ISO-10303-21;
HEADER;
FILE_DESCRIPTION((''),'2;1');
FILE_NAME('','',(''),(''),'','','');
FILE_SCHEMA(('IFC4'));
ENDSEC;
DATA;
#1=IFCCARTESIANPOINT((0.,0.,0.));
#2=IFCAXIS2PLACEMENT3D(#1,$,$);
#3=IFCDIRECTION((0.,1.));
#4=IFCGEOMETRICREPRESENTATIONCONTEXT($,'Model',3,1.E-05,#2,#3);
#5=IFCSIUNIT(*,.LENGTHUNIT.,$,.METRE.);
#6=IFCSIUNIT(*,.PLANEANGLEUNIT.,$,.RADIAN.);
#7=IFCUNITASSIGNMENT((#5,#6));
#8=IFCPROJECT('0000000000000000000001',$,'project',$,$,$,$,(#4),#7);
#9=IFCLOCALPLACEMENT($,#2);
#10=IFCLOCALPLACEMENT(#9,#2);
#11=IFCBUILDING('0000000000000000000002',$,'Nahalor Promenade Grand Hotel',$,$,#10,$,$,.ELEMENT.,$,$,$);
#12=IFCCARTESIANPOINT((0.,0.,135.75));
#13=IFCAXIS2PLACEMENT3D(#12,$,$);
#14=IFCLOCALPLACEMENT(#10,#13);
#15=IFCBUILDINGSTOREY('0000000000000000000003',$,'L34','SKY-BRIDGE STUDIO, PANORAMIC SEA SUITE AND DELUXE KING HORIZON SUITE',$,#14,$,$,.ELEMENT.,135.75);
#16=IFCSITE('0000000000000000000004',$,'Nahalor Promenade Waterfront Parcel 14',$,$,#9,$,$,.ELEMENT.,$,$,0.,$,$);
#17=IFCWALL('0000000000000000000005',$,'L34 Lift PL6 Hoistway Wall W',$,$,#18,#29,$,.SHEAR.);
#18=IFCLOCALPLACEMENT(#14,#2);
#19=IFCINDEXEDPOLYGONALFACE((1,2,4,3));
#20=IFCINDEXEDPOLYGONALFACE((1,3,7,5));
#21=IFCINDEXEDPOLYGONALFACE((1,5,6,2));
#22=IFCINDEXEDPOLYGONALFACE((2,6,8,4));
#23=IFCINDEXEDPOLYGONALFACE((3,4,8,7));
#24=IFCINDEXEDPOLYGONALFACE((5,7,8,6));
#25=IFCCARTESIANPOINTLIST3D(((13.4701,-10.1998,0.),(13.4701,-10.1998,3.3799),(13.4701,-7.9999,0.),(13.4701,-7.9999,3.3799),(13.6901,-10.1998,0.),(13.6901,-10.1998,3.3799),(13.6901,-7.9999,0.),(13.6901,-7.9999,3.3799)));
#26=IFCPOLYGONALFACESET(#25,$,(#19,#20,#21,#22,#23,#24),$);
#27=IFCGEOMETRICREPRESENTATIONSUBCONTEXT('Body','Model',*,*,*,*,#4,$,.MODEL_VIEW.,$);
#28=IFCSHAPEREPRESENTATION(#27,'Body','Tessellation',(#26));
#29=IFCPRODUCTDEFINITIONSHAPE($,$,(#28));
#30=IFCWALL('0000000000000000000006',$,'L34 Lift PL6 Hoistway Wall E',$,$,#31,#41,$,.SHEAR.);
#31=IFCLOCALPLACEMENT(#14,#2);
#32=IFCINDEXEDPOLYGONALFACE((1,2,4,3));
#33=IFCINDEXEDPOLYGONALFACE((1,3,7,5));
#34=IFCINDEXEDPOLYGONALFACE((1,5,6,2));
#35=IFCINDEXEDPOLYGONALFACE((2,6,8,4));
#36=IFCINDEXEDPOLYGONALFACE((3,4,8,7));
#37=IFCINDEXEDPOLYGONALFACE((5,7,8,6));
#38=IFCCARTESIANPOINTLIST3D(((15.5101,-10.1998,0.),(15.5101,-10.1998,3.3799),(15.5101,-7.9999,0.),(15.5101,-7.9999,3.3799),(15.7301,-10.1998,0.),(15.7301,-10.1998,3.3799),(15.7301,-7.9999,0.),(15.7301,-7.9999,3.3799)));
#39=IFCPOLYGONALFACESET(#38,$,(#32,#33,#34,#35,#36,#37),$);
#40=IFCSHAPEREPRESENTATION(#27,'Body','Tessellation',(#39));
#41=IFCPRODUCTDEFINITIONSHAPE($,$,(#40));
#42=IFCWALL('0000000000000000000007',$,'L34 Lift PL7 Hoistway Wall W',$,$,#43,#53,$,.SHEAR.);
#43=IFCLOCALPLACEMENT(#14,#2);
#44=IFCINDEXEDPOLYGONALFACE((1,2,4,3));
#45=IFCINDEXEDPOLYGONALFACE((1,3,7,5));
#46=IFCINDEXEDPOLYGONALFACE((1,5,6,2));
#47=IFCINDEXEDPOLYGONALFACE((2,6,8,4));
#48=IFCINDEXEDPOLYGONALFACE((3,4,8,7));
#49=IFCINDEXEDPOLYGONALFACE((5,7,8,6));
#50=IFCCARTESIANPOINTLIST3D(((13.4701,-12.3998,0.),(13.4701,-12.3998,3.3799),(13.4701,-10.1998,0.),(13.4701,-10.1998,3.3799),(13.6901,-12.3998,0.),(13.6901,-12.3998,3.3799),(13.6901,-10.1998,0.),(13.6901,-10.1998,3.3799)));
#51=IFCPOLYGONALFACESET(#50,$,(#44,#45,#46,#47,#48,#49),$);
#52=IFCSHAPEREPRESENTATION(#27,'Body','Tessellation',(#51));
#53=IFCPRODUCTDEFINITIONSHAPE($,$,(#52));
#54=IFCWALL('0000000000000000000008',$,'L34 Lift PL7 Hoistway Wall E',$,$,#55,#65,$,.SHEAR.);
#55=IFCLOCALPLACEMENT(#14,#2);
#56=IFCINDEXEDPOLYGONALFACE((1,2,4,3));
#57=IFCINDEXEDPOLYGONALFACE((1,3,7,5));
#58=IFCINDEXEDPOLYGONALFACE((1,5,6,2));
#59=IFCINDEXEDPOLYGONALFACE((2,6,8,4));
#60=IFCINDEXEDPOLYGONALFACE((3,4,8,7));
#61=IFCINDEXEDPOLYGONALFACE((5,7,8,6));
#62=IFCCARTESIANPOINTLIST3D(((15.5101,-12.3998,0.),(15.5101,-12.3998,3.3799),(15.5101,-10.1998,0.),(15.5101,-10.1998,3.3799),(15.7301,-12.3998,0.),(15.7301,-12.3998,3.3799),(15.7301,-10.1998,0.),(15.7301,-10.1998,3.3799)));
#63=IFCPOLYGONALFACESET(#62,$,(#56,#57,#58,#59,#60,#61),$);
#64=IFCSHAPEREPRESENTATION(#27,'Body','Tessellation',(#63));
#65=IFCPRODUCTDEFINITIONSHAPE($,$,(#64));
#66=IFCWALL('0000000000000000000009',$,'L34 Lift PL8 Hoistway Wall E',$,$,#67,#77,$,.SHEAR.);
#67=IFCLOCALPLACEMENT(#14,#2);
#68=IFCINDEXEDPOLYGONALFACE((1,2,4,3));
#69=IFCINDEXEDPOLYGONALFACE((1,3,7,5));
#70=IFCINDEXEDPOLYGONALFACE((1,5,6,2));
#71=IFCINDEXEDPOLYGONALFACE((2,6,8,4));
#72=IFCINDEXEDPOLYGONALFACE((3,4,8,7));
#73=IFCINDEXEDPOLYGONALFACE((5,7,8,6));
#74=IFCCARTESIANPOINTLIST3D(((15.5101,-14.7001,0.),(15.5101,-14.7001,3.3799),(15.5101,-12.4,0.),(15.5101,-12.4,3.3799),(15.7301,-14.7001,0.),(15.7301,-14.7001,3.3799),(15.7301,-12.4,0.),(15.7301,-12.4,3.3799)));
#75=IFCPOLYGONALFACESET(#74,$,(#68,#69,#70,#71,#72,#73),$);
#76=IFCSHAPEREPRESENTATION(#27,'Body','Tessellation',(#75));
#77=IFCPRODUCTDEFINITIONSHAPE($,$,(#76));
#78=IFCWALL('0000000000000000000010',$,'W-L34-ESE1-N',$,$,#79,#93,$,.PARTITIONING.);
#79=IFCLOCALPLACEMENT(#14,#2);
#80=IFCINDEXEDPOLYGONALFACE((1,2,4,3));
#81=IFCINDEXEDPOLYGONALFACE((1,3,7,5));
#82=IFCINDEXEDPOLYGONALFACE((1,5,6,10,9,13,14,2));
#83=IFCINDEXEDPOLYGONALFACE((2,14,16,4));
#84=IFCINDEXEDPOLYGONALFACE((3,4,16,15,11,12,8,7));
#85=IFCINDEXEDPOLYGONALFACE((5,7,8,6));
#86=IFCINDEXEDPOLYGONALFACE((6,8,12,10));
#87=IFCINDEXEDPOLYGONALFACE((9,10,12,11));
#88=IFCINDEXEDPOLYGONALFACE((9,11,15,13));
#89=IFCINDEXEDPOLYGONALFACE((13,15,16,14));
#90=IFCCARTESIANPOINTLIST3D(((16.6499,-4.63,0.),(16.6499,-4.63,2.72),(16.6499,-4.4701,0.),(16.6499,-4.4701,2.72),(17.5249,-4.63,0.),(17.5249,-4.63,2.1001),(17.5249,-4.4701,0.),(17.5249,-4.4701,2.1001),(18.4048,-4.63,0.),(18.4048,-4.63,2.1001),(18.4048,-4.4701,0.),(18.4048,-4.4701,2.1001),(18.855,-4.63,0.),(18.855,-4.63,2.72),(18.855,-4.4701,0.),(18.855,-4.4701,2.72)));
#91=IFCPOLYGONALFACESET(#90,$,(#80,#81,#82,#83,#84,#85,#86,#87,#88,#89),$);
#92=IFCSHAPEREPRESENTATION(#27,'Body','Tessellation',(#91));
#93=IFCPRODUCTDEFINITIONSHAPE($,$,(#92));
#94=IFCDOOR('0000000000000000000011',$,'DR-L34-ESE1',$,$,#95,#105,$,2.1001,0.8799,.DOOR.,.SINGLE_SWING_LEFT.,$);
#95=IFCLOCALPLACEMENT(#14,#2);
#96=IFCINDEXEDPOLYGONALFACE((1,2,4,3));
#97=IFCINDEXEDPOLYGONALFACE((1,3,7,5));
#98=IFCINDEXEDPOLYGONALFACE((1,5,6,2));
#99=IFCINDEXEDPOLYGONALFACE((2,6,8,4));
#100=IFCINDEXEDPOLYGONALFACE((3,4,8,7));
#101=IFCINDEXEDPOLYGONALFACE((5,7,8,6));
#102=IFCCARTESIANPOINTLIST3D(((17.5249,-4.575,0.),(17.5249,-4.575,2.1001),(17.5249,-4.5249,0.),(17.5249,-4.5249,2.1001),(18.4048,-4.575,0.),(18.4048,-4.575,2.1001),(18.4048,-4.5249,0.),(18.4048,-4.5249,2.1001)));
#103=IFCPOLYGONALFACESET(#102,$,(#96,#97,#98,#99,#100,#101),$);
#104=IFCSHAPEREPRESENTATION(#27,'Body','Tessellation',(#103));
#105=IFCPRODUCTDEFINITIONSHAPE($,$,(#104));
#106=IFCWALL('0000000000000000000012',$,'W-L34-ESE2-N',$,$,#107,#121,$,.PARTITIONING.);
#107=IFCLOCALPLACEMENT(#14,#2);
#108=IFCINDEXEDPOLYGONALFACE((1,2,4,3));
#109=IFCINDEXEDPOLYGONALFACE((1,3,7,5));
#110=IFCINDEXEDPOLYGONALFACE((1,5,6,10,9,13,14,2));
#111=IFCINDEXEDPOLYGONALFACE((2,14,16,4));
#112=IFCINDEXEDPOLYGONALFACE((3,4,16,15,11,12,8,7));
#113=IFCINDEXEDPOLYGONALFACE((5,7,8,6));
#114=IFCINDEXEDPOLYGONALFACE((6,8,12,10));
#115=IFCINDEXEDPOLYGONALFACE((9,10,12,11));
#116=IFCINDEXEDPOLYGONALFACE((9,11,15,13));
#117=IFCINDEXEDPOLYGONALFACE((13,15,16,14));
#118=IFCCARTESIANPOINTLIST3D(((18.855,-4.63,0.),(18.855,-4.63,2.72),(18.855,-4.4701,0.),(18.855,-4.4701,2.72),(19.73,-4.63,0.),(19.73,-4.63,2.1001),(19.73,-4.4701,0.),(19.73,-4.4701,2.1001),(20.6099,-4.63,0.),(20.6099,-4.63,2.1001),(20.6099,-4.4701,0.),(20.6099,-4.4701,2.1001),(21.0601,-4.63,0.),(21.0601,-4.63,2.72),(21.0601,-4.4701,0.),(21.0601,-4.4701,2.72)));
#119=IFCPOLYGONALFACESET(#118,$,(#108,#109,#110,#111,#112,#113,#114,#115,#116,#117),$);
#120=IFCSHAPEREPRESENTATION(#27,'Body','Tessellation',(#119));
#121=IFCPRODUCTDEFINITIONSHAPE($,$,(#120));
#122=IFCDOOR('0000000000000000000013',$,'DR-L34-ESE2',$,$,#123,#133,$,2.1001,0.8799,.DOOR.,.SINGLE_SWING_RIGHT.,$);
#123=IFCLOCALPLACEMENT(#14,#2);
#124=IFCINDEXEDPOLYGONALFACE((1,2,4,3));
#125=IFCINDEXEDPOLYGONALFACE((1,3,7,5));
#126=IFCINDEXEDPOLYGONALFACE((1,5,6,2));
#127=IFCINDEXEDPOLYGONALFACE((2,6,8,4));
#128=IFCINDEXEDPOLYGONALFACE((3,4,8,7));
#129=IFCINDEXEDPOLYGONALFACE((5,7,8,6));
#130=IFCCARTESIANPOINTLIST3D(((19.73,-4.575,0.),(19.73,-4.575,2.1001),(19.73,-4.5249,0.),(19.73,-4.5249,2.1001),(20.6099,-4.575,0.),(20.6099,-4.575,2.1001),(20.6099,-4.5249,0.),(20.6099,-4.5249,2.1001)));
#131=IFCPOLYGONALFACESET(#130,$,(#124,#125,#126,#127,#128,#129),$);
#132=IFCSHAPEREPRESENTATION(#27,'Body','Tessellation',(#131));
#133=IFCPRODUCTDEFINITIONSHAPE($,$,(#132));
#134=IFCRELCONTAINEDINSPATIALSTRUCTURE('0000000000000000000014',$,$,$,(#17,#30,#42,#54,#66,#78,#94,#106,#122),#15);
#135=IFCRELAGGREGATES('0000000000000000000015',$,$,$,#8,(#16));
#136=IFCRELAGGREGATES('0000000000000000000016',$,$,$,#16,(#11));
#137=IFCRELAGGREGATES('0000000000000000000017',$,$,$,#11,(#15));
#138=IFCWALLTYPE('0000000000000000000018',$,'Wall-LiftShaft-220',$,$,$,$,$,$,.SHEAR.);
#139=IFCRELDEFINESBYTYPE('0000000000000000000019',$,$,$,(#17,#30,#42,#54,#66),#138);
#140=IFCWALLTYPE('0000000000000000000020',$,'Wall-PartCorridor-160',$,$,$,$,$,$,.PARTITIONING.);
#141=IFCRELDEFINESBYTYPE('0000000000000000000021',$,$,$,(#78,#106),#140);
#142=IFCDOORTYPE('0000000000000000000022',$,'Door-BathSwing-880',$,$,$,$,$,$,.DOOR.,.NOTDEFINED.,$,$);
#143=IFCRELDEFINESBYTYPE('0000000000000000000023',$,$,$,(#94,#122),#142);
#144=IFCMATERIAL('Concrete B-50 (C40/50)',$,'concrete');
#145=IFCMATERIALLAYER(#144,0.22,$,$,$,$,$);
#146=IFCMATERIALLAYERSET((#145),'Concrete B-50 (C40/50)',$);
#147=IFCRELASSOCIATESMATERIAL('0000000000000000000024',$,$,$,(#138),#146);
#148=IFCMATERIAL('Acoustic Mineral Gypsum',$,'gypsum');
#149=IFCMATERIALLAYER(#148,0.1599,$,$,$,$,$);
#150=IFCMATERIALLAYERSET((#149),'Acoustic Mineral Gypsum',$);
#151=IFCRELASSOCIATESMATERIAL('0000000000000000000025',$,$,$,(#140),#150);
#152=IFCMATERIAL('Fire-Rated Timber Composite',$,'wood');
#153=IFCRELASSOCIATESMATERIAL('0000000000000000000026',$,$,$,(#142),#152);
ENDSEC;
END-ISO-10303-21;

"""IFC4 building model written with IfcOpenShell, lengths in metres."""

from ifc_helpers import new_model, si_unit, direction, frame, frame_2d, origin, place, context, subcontext, project, spatial, rectangle, extrude, source, transform, mapped, material, layer, layer_set, type_object, element, fill, save


model = new_model("IFC4")

# Units and contexts
model_context = context("Model", 3, precision=1e-05, world=origin(), true_north=direction((0.0, 1.0)))
body_context = subcontext(model_context, "Body", "Model", "MODEL_VIEW")
ifc_project = project(units=[si_unit("LENGTHUNIT", "METRE"), si_unit("PLANEANGLEUNIT", "RADIAN")], contexts=[model_context])

# Site, building, storey
site_placement = place(None, origin())
site = spatial("IfcSite", under=ifc_project, at=site_placement, Name="Nahalor Promenade Waterfront Parcel 14", CompositionType="ELEMENT", RefElevation=0.0)
building_placement = place(site_placement, origin())
building = spatial("IfcBuilding", under=site, at=building_placement, Name="Nahalor Promenade Grand Hotel", CompositionType="ELEMENT")
storey_placement = place(building_placement, frame((0.0, 0.0, 135.75)))
storey = spatial("IfcBuildingStorey", under=building, at=storey_placement, Name="L34", Description="SKY-BRIDGE STUDIO, PANORAMIC SEA SUITE AND DELUXE KING HORIZON SUITE", CompositionType="ELEMENT", Elevation=135.75)

# Walls
ifc_material_1 = material(Name="Concrete B-50 (C40/50)", Category="concrete")
ifc_layer_1 = layer(ifc_material_1, 0.22)
ifc_layer_set_1 = layer_set([ifc_layer_1], Name="Concrete B-50 (C40/50)")
wall_type_1 = type_object("IfcWallType", Name="Wall-LiftShaft-220", PredefinedType="SHEAR", material=ifc_layer_set_1)
shared_shape_1 = source(origin(), body_context, "Body", "SweptSolid", [
    extrude(rectangle(XDim=2.2, YDim=0.22, at=frame_2d((1.1001, 0.0))), origin(), (0.0, 0.0, 1.0), 3.3799),
])
for number, where, z_axis, x_axis, name in (
    (1, (13.5801, -10.2, 0.0), (0.0, 0.0, 1.0), (0.0, 1.0, 0.0), "L34 Lift PL6 Hoistway Wall W"),
    (2, (15.6201, -10.2, 0.0), (0.0, 0.0, 1.0), (0.0, 1.0, 0.0), "L34 Lift PL6 Hoistway Wall E"),
    (3, (13.5801, -12.3999, 0.0), (0.0, 0.0, 1.0), (0.0, 1.0, 0.0), "L34 Lift PL7 Hoistway Wall W"),
    (4, (15.6201, -12.3999, 0.0), (0.0, 0.0, 1.0), (0.0, 1.0, 0.0), "L34 Lift PL7 Hoistway Wall E"),
):
    element("IfcWall", number, at=place(storey_placement, frame(where, z_axis=z_axis, x_axis=x_axis)), inside=storey, type_object=wall_type_1, Name=name, PredefinedType="SHEAR", context=body_context, shape_type="MappedRepresentation", body=[
        mapped(shared_shape_1, transform((0.0, 0.0, 0.0), scale=1.0)),
    ])
shared_shape_2 = source(origin(), body_context, "Body", "SweptSolid", [
    extrude(rectangle(XDim=2.3, YDim=0.22, at=frame_2d((1.1499, 0.0))), origin(), (0.0, 0.0, 1.0), 3.3799),
])
wall_1_placement = place(storey_placement, frame((15.6201, -14.7, 0.0), z_axis=(0.0, 0.0, 1.0), x_axis=(0.0, 1.0, 0.0)))
element("IfcWall", 5, at=wall_1_placement, inside=storey, type_object=wall_type_1, Name="L34 Lift PL8 Hoistway Wall E", PredefinedType="SHEAR", context=body_context, shape_type="MappedRepresentation", body=[
    mapped(shared_shape_2, transform((0.0, 0.0, 0.0), scale=1.0)),
])

# Walls, openings, doors
ifc_material_2 = material(Name="Acoustic Mineral Gypsum", Category="gypsum")
ifc_layer_2 = layer(ifc_material_2, 0.1599)
ifc_layer_set_2 = layer_set([ifc_layer_2], Name="Acoustic Mineral Gypsum")
wall_type_2 = type_object("IfcWallType", Name="Wall-PartCorridor-160", PredefinedType="PARTITIONING", material=ifc_layer_set_2)
shared_shape_3 = source(origin(), body_context, "Body", "SweptSolid", [
    extrude(rectangle(XDim=2.2051, YDim=0.1599, at=frame_2d((1.1025, 0.0))), origin(), (0.0, 0.0, 1.0), 2.72),
])
wall_2_placement = place(storey_placement, frame((16.6499, -4.55, 0.0), z_axis=(0.0, 0.0, 1.0), x_axis=(1.0, 0.0, 0.0)))
wall_2 = element("IfcWall", 6, at=wall_2_placement, inside=storey, type_object=wall_type_2, Name="W-L34-ESE1-N", PredefinedType="PARTITIONING", context=body_context, shape_type="MappedRepresentation", body=[
    mapped(shared_shape_3, transform((0.0, 0.0, 0.0), scale=1.0)),
])
opening_1_placement = place(wall_2_placement, frame((0.875, 0.0, 0.0)))
opening_1 = element("IfcOpeningElement", 7, at=opening_1_placement, cuts=wall_2, PredefinedType="OPENING", context=body_context, shape_type="SweptSolid", body=[
    extrude(rectangle(XDim=0.8799, YDim=2.1001, at=frame_2d((0.4399, 1.05))), frame((0.0, 0.0898, 0.0), z_axis=(0.0, -1.0, 0.0), x_axis=(1.0, 0.0, 0.0)), (0.0, 0.0, 1.0), 0.1799),
])
ifc_material_3 = material(Name="Fire-Rated Timber Composite", Category="wood")
door_type = type_object("IfcDoorType", Name="Door-BathSwing-880", OperationType="NOTDEFINED", PredefinedType="DOOR", material=ifc_material_3)
shared_shape_4 = source(origin(), body_context, "Body", "SweptSolid", [
    extrude(rectangle(XDim=0.8799, YDim=2.1001, at=frame_2d((0.4399, 1.05))), frame((0.0, 0.0249, 0.0), z_axis=(0.0, -1.0, 0.0), x_axis=(1.0, 0.0, 0.0)), (0.0, 0.0, 1.0), 0.05),
])
door_1_placement = place(opening_1_placement, frame((0.8799, 0.0, 0.0), z_axis=(0.0, 0.0, 1.0), x_axis=(-1.0, 0.0, 0.0)))
door_1 = element("IfcDoor", 8, at=door_1_placement, inside=storey, type_object=door_type, Name="DR-L34-ESE1", OperationType="SINGLE_SWING_LEFT", OverallHeight=2.1001, OverallWidth=0.8799, PredefinedType="DOOR", context=body_context, shape_type="MappedRepresentation", body=[
    mapped(shared_shape_4, transform((0.0, 0.0, 0.0), scale=1.0)),
])
fill(opening_1, door_1)
wall_3_placement = place(storey_placement, frame((18.855, -4.55, 0.0), z_axis=(0.0, 0.0, 1.0), x_axis=(1.0, 0.0, 0.0)))
wall_3 = element("IfcWall", 9, at=wall_3_placement, inside=storey, type_object=wall_type_2, Name="W-L34-ESE2-N", PredefinedType="PARTITIONING", context=body_context, shape_type="MappedRepresentation", body=[
    mapped(shared_shape_3, transform((0.0, 0.0, 0.0), scale=1.0)),
])
opening_2_placement = place(wall_3_placement, frame((0.875, 0.0, 0.0)))
opening_2 = element("IfcOpeningElement", 10, at=opening_2_placement, cuts=wall_3, PredefinedType="OPENING", context=body_context, shape_type="SweptSolid", body=[
    extrude(rectangle(XDim=0.8799, YDim=2.1001, at=frame_2d((0.4399, 1.05))), frame((0.0, 0.0898, 0.0), z_axis=(0.0, -1.0, 0.0), x_axis=(1.0, 0.0, 0.0)), (0.0, 0.0, 1.0), 0.1799),
])
door_2_placement = place(opening_2_placement, frame((0.8799, 0.0, 0.0), z_axis=(0.0, 0.0, 1.0), x_axis=(-1.0, 0.0, 0.0)))
door_2 = element("IfcDoor", 11, at=door_2_placement, inside=storey, type_object=door_type, Name="DR-L34-ESE2", OperationType="SINGLE_SWING_RIGHT", OverallHeight=2.1001, OverallWidth=0.8799, PredefinedType="DOOR", context=body_context, shape_type="MappedRepresentation", body=[
    mapped(shared_shape_4, transform((0.0, 0.0, 0.0), scale=1.0)),
])
fill(opening_2, door_2)

save(model, "model.ifc")
